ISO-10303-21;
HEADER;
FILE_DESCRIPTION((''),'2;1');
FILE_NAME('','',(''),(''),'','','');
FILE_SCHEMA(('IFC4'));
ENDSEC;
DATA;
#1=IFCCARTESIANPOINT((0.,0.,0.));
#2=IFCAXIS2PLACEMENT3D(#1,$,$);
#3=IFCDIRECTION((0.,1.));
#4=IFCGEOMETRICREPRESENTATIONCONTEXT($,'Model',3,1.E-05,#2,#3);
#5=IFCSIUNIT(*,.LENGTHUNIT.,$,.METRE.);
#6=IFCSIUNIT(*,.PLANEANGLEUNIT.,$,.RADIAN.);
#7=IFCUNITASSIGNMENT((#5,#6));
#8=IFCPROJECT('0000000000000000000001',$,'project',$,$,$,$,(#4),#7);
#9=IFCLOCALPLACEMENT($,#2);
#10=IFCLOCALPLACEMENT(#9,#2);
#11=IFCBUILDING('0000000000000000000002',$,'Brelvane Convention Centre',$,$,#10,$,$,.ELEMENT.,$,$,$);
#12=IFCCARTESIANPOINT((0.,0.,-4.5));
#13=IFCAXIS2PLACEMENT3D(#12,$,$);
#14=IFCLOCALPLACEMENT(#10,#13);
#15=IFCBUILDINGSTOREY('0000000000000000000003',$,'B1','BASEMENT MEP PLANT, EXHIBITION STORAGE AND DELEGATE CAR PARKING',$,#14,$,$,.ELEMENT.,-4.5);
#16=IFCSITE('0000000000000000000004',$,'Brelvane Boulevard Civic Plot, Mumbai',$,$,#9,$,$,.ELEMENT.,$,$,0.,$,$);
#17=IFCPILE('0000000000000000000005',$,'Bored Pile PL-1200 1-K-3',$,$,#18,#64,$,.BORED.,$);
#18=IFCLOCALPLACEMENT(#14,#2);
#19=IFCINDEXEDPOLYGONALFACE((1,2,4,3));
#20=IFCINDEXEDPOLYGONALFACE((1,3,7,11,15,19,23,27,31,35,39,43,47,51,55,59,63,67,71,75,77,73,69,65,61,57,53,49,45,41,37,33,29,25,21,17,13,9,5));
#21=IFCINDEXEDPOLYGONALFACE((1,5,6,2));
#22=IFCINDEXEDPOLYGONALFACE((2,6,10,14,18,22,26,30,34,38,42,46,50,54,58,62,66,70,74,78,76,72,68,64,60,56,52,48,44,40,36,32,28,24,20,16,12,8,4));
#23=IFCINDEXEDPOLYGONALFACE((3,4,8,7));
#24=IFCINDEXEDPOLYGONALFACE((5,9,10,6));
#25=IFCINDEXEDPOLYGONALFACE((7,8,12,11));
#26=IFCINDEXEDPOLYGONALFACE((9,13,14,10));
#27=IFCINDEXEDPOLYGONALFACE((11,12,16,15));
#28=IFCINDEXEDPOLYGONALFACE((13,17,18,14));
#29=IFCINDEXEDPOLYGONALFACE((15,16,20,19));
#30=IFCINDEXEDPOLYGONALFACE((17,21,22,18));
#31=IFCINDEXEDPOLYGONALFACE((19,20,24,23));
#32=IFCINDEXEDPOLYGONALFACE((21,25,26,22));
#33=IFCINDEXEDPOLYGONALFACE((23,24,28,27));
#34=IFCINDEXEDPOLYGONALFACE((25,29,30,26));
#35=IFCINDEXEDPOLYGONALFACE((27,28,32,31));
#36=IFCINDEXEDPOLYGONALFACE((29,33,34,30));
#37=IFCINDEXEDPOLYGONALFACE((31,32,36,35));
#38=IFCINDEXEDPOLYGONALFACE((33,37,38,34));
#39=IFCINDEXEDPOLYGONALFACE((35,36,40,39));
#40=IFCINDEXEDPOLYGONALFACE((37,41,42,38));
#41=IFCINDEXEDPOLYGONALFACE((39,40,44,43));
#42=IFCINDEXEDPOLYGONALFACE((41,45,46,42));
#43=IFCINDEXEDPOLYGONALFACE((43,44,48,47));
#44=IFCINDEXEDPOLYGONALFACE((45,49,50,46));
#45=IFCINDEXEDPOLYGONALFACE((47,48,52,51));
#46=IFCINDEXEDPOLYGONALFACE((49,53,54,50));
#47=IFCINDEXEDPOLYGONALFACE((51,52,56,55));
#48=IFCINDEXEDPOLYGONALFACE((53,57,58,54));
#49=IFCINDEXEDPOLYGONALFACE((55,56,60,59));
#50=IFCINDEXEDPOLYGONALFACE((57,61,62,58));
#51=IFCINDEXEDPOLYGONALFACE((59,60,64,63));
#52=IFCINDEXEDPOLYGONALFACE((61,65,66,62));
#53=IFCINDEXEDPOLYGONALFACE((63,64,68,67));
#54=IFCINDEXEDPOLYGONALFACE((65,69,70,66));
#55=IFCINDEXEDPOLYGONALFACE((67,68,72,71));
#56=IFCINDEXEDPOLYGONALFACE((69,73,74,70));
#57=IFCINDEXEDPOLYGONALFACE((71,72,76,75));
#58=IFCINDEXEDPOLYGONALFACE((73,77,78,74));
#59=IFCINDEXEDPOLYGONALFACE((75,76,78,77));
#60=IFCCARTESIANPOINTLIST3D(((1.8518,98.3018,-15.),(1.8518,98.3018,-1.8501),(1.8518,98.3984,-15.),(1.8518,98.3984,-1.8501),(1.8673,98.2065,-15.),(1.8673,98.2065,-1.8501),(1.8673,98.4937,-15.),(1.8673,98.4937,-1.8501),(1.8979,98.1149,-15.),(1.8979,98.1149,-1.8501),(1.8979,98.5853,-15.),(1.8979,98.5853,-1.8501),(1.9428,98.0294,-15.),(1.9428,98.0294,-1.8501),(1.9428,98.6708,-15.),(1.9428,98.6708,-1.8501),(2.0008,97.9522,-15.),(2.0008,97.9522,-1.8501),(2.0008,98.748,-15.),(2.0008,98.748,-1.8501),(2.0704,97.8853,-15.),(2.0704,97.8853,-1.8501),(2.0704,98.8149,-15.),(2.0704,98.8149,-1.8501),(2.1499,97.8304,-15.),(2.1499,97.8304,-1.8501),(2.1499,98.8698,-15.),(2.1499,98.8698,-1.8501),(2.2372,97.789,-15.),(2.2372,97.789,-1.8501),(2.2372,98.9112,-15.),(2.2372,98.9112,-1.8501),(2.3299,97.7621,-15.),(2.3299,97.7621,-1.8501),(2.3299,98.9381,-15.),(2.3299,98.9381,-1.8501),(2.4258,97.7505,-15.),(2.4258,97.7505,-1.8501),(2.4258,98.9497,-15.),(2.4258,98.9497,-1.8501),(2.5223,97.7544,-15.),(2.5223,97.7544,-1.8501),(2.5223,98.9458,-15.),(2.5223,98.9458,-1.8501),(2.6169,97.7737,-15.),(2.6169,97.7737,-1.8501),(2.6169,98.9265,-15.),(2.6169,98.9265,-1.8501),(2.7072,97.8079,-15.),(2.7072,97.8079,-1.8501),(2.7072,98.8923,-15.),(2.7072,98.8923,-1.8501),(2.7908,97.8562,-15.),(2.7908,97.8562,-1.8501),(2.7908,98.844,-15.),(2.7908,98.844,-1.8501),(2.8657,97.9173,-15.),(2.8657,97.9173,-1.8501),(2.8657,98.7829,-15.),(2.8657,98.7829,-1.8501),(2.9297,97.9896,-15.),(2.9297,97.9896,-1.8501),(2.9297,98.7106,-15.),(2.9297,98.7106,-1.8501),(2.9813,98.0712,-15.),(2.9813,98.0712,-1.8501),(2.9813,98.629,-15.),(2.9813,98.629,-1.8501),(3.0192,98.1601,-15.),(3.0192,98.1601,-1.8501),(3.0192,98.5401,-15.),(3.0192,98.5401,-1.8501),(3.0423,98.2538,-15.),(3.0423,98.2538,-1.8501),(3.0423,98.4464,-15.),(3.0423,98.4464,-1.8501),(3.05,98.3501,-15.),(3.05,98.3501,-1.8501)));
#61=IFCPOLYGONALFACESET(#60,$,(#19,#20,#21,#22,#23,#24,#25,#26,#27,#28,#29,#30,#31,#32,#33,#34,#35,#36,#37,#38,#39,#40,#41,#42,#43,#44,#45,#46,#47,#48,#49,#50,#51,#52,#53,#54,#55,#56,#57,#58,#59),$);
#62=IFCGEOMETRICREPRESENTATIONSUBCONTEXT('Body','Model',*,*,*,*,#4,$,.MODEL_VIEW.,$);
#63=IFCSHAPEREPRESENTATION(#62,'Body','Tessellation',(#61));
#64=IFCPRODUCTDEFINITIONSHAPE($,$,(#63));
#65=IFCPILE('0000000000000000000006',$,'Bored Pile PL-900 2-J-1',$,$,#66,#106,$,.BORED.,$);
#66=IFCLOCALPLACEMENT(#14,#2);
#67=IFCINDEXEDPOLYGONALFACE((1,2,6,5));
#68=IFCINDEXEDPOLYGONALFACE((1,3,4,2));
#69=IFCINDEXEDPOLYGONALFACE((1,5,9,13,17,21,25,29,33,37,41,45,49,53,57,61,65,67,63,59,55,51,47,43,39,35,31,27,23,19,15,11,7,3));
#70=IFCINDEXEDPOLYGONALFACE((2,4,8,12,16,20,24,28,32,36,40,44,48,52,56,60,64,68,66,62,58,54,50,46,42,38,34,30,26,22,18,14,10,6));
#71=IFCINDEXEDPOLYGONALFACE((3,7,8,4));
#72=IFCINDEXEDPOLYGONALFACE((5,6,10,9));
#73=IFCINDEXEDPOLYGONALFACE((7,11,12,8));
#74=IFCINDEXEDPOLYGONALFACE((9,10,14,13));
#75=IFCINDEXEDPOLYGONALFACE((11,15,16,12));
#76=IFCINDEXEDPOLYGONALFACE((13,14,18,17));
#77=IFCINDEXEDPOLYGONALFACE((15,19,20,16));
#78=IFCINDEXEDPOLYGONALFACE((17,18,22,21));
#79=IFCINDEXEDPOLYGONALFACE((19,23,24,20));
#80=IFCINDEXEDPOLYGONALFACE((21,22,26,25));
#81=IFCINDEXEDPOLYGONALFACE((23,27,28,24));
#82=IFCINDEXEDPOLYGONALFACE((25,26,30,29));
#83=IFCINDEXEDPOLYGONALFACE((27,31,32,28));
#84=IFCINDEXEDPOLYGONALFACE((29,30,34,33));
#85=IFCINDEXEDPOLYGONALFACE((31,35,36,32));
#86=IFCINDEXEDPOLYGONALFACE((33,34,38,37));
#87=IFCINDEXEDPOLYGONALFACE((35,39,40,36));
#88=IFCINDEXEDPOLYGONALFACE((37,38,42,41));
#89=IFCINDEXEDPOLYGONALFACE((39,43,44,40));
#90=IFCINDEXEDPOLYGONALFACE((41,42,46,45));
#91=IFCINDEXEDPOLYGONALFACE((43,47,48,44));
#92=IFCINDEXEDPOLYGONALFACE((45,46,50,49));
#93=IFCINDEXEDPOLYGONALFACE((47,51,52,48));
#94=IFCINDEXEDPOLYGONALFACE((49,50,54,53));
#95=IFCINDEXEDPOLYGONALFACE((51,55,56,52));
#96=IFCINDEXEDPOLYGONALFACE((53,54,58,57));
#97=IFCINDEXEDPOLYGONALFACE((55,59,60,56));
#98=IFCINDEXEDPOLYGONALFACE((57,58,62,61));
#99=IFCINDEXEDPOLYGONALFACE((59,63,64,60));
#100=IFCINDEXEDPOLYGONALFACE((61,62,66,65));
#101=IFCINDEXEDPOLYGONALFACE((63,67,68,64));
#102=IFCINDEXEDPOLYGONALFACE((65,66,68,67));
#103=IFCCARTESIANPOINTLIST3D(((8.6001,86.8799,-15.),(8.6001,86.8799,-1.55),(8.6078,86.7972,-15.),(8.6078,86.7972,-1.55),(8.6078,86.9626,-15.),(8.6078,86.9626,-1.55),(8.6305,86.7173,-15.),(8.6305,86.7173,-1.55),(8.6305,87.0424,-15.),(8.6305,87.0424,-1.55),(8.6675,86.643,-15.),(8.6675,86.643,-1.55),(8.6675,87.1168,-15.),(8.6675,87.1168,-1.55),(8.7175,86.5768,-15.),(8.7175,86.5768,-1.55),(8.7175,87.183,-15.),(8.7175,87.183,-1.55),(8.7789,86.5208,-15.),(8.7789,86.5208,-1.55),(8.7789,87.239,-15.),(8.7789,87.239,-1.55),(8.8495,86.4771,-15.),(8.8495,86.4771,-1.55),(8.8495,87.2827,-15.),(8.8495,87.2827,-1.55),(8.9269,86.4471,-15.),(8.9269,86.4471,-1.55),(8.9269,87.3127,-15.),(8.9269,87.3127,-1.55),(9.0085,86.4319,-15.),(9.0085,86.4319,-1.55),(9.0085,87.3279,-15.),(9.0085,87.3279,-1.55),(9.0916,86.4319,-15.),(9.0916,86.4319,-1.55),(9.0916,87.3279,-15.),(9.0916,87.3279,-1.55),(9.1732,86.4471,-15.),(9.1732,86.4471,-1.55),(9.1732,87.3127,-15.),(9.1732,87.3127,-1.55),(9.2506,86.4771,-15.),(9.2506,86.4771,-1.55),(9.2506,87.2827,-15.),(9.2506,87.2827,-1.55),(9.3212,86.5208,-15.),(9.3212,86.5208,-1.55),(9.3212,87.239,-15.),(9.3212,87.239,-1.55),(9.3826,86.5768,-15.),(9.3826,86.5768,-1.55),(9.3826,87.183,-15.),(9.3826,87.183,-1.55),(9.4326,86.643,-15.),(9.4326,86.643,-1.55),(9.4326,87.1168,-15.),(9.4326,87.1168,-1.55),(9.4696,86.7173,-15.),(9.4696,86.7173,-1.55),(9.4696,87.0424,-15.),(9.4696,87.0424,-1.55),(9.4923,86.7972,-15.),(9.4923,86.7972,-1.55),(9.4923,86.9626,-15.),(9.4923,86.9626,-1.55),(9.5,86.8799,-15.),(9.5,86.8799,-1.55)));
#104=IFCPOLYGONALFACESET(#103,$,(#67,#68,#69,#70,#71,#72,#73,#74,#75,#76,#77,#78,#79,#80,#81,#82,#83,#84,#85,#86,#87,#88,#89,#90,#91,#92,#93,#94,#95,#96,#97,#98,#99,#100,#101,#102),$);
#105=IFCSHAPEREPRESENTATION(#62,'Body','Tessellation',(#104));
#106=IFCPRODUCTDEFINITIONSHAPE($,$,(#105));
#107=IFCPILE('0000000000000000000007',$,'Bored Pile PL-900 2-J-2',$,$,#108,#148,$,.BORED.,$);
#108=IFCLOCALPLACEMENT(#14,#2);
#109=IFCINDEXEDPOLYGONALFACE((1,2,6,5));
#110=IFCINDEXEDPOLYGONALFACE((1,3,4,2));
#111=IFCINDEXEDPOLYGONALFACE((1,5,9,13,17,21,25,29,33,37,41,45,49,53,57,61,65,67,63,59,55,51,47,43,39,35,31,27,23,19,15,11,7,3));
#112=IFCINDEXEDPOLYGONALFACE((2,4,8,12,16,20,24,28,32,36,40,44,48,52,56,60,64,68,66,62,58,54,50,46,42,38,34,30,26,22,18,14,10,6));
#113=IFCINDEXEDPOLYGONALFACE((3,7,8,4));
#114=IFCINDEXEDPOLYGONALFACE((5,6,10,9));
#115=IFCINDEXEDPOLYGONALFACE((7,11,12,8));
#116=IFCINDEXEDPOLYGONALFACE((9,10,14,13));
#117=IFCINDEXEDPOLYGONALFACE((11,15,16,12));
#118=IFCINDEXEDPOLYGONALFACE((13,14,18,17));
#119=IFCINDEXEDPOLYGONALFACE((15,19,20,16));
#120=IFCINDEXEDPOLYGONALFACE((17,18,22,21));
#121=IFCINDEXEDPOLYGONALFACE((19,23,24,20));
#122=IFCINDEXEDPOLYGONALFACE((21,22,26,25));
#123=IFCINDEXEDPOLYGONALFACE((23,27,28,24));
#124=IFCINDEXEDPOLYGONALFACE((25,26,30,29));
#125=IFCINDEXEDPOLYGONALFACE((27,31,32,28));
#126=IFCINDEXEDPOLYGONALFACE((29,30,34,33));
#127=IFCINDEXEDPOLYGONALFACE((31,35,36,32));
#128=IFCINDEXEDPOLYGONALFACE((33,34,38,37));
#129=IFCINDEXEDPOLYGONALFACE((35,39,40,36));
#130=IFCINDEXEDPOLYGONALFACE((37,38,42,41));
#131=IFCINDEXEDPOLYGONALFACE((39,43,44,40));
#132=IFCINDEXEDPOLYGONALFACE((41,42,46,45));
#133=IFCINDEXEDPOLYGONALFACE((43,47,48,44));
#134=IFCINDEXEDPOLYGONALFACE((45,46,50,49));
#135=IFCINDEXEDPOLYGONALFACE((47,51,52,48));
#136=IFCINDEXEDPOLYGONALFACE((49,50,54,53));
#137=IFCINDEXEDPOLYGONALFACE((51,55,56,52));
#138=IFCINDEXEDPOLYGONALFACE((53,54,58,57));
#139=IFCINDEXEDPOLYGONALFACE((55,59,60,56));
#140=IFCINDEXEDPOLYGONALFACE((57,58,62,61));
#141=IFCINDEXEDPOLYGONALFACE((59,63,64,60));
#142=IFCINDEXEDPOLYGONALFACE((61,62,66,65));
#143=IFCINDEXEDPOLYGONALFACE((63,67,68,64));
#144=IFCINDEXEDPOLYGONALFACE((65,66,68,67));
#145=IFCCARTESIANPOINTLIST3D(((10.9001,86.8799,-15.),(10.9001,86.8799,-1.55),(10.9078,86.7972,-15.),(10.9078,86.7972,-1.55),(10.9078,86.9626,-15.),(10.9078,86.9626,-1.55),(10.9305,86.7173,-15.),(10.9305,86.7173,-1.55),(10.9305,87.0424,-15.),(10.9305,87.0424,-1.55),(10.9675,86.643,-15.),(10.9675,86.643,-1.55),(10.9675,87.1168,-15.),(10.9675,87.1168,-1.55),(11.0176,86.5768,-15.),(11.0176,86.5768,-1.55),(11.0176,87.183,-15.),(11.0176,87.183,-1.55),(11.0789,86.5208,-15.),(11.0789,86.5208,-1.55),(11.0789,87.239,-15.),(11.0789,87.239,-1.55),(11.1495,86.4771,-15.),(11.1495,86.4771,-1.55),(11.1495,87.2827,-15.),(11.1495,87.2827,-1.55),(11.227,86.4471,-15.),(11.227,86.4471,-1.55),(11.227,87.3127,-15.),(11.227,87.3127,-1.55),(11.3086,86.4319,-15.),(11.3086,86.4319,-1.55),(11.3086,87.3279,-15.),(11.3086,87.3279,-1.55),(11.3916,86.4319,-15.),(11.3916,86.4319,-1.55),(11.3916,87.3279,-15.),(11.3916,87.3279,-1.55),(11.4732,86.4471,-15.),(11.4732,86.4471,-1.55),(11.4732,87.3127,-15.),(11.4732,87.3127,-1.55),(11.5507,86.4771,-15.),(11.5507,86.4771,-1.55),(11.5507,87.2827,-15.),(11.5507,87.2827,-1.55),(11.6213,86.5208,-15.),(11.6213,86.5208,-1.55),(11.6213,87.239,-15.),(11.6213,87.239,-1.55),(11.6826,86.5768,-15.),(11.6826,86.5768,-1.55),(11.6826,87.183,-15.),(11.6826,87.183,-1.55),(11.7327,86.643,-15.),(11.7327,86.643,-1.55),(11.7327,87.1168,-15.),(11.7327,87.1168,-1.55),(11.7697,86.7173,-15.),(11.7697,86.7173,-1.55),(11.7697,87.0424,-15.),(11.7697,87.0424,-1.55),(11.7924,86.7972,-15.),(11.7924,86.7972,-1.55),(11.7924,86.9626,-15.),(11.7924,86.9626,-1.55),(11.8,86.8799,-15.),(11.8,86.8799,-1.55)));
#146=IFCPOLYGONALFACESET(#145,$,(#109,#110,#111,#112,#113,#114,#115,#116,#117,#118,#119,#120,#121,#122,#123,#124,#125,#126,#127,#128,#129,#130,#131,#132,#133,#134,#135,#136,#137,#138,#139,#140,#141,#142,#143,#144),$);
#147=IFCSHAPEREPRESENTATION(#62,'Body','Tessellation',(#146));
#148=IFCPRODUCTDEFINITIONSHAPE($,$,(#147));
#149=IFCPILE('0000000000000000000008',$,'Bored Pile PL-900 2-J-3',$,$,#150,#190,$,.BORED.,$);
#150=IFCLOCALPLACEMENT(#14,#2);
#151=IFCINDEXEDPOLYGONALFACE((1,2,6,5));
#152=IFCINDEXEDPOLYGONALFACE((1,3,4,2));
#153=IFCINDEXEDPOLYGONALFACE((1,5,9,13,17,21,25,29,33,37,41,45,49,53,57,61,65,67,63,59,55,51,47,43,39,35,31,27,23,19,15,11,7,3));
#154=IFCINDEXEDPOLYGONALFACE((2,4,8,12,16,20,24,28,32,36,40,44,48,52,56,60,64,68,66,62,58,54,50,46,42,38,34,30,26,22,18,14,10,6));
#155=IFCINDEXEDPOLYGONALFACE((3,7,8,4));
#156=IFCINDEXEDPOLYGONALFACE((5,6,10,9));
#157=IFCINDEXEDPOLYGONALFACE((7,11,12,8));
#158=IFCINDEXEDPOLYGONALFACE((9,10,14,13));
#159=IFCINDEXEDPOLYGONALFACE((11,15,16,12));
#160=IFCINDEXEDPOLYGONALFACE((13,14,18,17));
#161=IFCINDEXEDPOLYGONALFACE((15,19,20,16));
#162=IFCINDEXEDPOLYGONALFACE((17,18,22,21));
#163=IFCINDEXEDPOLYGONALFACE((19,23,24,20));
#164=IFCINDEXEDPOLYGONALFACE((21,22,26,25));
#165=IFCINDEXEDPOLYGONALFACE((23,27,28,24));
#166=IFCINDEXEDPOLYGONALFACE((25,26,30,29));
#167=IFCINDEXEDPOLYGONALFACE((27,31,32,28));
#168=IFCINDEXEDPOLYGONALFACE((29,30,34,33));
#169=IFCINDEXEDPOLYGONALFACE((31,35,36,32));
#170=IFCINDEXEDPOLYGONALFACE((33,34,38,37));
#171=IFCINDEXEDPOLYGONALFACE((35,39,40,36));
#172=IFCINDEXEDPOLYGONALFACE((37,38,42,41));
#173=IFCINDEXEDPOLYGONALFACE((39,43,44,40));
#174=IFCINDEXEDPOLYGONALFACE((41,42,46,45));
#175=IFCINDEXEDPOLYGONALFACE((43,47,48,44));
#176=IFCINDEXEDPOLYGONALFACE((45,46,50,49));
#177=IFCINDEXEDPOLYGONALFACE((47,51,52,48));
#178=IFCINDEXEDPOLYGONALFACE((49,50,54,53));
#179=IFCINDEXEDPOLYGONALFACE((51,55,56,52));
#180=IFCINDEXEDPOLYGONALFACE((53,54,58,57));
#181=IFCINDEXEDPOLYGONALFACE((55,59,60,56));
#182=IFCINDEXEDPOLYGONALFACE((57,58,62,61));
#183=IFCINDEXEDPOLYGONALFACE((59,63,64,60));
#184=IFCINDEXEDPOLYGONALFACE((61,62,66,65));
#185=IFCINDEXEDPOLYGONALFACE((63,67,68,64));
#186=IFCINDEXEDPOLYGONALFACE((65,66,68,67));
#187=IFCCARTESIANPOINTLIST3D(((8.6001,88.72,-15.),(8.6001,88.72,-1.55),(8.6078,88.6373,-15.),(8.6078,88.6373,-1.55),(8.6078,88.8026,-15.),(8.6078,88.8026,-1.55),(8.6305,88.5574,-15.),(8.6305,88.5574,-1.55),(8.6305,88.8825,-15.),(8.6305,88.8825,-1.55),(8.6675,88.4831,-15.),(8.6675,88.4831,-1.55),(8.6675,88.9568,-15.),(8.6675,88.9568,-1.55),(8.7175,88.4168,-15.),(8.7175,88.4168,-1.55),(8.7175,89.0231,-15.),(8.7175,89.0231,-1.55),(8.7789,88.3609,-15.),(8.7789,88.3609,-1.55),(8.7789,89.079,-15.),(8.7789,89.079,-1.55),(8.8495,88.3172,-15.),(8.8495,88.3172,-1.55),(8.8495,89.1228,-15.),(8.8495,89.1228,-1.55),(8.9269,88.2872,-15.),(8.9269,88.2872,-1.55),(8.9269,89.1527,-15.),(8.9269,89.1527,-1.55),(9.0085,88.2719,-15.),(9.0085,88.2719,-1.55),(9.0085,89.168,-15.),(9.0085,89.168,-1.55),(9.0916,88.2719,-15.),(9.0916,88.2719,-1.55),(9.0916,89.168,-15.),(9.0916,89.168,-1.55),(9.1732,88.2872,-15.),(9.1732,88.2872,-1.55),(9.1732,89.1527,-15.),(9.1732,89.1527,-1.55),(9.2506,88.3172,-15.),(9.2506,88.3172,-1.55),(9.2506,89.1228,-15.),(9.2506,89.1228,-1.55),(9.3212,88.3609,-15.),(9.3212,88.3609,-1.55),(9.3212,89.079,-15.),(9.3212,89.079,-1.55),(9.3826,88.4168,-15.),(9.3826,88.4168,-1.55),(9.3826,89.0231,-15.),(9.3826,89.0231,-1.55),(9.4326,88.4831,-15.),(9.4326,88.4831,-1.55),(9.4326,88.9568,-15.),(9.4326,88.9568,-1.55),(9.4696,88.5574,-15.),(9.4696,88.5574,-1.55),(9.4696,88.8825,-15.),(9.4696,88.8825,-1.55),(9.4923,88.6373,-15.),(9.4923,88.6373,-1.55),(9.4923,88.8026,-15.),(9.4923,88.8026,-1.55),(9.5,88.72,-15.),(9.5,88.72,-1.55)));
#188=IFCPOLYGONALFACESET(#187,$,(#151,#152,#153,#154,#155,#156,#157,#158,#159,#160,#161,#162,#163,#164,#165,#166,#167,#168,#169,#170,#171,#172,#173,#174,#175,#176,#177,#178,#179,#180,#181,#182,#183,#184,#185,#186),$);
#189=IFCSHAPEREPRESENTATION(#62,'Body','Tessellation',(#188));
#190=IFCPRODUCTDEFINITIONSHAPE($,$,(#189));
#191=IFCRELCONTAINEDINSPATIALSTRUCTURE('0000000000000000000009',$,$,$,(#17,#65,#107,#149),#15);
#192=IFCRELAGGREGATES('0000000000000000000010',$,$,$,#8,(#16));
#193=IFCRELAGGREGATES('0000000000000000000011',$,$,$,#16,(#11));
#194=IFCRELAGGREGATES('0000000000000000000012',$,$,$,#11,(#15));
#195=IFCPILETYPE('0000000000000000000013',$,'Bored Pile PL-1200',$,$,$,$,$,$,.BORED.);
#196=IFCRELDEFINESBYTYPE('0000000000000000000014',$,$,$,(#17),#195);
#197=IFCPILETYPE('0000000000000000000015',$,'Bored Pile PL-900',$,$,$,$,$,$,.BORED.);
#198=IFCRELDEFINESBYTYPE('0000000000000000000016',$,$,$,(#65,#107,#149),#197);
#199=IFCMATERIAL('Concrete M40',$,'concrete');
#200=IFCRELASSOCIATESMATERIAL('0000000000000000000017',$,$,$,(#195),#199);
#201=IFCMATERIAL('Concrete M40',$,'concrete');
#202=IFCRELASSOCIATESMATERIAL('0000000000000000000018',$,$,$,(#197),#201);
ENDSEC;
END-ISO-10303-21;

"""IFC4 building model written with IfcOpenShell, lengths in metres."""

from ifc_helpers import new_model, si_unit, direction, frame, origin, origin_2d, place, context, subcontext, project, spatial, circle, extrude, material, material_profile, profile_set, type_object, element, save


model = new_model("IFC4")

# Units and contexts
model_context = context("Model", 3, precision=1e-05, world=origin(), true_north=direction((0.0, 1.0)))
body_context = subcontext(model_context, "Body", "Model", "MODEL_VIEW")
ifc_project = project(units=[si_unit("LENGTHUNIT", "METRE"), si_unit("PLANEANGLEUNIT", "RADIAN")], contexts=[model_context])

# Site, building, storey
site_placement = place(None, origin())
site = spatial("IfcSite", under=ifc_project, at=site_placement, Name="Brelvane Boulevard Civic Plot, Mumbai", CompositionType="ELEMENT", RefElevation=0.0)
building_placement = place(site_placement, origin())
building = spatial("IfcBuilding", under=site, at=building_placement, Name="Brelvane Convention Centre", CompositionType="ELEMENT")
storey_placement = place(building_placement, frame((0.0, 0.0, -4.5)))
storey = spatial("IfcBuildingStorey", under=building, at=storey_placement, Name="B1", Description="BASEMENT MEP PLANT, EXHIBITION STORAGE AND DELEGATE CAR PARKING", CompositionType="ELEMENT", Elevation=-4.5)

# Piles
ifc_material_1 = material(Name="Concrete M40", Category="concrete")
ifc_material_profile_1 = material_profile(ifc_material_1, circle(Radius=0.6001, at=origin_2d()), Name="PILE D1200")
ifc_profile_set_1 = profile_set([ifc_material_profile_1], Name="Concrete M40")
pile_type_1 = type_object("IfcPileType", Name="Bored Pile PL-1200", PredefinedType="BORED", material=ifc_profile_set_1)
for number, where, z_axis, x_axis, name in (
    (1, (2.45, 98.3501, -1.8501), (0.0, 0.0, -1.0), (1.0, 0.0, 0.0), "Bored Pile PL-1200 1-K-3"),
):
    element("IfcPile", number, at=place(storey_placement, frame(where, z_axis=z_axis, x_axis=x_axis)), inside=storey, type_object=pile_type_1, Name=name, PredefinedType="BORED", context=body_context, shape_type="SweptSolid", body=[
        extrude(circle(Radius=0.6001, at=origin_2d()), origin(), (0.0, 0.0, 1.0), 13.1499),
    ])
ifc_material_2 = material(Name="Concrete M40", Category="concrete")
ifc_material_profile_2 = material_profile(ifc_material_2, circle(Radius=0.45, at=origin_2d()), Name="PILE D900")
ifc_profile_set_2 = profile_set([ifc_material_profile_2], Name="Concrete M40")
pile_type_2 = type_object("IfcPileType", Name="Bored Pile PL-900", PredefinedType="BORED", material=ifc_profile_set_2)
for number, where, z_axis, x_axis, name in (
    (2, (9.05, 86.8799, -1.55), (0.0, 0.0, -1.0), (1.0, 0.0, 0.0), "Bored Pile PL-900 2-J-1"),
    (3, (11.3501, 86.8799, -1.55), (0.0, 0.0, -1.0), (1.0, 0.0, 0.0), "Bored Pile PL-900 2-J-2"),
    (4, (9.05, 88.72, -1.55), (0.0, 0.0, -1.0), (1.0, 0.0, 0.0), "Bored Pile PL-900 2-J-3"),
):
    element("IfcPile", number, at=place(storey_placement, frame(where, z_axis=z_axis, x_axis=x_axis)), inside=storey, type_object=pile_type_2, Name=name, PredefinedType="BORED", context=body_context, shape_type="SweptSolid", body=[
        extrude(circle(Radius=0.45, at=origin_2d()), origin(), (0.0, 0.0, 1.0), 13.45),
    ])

save(model, "model.ifc")
